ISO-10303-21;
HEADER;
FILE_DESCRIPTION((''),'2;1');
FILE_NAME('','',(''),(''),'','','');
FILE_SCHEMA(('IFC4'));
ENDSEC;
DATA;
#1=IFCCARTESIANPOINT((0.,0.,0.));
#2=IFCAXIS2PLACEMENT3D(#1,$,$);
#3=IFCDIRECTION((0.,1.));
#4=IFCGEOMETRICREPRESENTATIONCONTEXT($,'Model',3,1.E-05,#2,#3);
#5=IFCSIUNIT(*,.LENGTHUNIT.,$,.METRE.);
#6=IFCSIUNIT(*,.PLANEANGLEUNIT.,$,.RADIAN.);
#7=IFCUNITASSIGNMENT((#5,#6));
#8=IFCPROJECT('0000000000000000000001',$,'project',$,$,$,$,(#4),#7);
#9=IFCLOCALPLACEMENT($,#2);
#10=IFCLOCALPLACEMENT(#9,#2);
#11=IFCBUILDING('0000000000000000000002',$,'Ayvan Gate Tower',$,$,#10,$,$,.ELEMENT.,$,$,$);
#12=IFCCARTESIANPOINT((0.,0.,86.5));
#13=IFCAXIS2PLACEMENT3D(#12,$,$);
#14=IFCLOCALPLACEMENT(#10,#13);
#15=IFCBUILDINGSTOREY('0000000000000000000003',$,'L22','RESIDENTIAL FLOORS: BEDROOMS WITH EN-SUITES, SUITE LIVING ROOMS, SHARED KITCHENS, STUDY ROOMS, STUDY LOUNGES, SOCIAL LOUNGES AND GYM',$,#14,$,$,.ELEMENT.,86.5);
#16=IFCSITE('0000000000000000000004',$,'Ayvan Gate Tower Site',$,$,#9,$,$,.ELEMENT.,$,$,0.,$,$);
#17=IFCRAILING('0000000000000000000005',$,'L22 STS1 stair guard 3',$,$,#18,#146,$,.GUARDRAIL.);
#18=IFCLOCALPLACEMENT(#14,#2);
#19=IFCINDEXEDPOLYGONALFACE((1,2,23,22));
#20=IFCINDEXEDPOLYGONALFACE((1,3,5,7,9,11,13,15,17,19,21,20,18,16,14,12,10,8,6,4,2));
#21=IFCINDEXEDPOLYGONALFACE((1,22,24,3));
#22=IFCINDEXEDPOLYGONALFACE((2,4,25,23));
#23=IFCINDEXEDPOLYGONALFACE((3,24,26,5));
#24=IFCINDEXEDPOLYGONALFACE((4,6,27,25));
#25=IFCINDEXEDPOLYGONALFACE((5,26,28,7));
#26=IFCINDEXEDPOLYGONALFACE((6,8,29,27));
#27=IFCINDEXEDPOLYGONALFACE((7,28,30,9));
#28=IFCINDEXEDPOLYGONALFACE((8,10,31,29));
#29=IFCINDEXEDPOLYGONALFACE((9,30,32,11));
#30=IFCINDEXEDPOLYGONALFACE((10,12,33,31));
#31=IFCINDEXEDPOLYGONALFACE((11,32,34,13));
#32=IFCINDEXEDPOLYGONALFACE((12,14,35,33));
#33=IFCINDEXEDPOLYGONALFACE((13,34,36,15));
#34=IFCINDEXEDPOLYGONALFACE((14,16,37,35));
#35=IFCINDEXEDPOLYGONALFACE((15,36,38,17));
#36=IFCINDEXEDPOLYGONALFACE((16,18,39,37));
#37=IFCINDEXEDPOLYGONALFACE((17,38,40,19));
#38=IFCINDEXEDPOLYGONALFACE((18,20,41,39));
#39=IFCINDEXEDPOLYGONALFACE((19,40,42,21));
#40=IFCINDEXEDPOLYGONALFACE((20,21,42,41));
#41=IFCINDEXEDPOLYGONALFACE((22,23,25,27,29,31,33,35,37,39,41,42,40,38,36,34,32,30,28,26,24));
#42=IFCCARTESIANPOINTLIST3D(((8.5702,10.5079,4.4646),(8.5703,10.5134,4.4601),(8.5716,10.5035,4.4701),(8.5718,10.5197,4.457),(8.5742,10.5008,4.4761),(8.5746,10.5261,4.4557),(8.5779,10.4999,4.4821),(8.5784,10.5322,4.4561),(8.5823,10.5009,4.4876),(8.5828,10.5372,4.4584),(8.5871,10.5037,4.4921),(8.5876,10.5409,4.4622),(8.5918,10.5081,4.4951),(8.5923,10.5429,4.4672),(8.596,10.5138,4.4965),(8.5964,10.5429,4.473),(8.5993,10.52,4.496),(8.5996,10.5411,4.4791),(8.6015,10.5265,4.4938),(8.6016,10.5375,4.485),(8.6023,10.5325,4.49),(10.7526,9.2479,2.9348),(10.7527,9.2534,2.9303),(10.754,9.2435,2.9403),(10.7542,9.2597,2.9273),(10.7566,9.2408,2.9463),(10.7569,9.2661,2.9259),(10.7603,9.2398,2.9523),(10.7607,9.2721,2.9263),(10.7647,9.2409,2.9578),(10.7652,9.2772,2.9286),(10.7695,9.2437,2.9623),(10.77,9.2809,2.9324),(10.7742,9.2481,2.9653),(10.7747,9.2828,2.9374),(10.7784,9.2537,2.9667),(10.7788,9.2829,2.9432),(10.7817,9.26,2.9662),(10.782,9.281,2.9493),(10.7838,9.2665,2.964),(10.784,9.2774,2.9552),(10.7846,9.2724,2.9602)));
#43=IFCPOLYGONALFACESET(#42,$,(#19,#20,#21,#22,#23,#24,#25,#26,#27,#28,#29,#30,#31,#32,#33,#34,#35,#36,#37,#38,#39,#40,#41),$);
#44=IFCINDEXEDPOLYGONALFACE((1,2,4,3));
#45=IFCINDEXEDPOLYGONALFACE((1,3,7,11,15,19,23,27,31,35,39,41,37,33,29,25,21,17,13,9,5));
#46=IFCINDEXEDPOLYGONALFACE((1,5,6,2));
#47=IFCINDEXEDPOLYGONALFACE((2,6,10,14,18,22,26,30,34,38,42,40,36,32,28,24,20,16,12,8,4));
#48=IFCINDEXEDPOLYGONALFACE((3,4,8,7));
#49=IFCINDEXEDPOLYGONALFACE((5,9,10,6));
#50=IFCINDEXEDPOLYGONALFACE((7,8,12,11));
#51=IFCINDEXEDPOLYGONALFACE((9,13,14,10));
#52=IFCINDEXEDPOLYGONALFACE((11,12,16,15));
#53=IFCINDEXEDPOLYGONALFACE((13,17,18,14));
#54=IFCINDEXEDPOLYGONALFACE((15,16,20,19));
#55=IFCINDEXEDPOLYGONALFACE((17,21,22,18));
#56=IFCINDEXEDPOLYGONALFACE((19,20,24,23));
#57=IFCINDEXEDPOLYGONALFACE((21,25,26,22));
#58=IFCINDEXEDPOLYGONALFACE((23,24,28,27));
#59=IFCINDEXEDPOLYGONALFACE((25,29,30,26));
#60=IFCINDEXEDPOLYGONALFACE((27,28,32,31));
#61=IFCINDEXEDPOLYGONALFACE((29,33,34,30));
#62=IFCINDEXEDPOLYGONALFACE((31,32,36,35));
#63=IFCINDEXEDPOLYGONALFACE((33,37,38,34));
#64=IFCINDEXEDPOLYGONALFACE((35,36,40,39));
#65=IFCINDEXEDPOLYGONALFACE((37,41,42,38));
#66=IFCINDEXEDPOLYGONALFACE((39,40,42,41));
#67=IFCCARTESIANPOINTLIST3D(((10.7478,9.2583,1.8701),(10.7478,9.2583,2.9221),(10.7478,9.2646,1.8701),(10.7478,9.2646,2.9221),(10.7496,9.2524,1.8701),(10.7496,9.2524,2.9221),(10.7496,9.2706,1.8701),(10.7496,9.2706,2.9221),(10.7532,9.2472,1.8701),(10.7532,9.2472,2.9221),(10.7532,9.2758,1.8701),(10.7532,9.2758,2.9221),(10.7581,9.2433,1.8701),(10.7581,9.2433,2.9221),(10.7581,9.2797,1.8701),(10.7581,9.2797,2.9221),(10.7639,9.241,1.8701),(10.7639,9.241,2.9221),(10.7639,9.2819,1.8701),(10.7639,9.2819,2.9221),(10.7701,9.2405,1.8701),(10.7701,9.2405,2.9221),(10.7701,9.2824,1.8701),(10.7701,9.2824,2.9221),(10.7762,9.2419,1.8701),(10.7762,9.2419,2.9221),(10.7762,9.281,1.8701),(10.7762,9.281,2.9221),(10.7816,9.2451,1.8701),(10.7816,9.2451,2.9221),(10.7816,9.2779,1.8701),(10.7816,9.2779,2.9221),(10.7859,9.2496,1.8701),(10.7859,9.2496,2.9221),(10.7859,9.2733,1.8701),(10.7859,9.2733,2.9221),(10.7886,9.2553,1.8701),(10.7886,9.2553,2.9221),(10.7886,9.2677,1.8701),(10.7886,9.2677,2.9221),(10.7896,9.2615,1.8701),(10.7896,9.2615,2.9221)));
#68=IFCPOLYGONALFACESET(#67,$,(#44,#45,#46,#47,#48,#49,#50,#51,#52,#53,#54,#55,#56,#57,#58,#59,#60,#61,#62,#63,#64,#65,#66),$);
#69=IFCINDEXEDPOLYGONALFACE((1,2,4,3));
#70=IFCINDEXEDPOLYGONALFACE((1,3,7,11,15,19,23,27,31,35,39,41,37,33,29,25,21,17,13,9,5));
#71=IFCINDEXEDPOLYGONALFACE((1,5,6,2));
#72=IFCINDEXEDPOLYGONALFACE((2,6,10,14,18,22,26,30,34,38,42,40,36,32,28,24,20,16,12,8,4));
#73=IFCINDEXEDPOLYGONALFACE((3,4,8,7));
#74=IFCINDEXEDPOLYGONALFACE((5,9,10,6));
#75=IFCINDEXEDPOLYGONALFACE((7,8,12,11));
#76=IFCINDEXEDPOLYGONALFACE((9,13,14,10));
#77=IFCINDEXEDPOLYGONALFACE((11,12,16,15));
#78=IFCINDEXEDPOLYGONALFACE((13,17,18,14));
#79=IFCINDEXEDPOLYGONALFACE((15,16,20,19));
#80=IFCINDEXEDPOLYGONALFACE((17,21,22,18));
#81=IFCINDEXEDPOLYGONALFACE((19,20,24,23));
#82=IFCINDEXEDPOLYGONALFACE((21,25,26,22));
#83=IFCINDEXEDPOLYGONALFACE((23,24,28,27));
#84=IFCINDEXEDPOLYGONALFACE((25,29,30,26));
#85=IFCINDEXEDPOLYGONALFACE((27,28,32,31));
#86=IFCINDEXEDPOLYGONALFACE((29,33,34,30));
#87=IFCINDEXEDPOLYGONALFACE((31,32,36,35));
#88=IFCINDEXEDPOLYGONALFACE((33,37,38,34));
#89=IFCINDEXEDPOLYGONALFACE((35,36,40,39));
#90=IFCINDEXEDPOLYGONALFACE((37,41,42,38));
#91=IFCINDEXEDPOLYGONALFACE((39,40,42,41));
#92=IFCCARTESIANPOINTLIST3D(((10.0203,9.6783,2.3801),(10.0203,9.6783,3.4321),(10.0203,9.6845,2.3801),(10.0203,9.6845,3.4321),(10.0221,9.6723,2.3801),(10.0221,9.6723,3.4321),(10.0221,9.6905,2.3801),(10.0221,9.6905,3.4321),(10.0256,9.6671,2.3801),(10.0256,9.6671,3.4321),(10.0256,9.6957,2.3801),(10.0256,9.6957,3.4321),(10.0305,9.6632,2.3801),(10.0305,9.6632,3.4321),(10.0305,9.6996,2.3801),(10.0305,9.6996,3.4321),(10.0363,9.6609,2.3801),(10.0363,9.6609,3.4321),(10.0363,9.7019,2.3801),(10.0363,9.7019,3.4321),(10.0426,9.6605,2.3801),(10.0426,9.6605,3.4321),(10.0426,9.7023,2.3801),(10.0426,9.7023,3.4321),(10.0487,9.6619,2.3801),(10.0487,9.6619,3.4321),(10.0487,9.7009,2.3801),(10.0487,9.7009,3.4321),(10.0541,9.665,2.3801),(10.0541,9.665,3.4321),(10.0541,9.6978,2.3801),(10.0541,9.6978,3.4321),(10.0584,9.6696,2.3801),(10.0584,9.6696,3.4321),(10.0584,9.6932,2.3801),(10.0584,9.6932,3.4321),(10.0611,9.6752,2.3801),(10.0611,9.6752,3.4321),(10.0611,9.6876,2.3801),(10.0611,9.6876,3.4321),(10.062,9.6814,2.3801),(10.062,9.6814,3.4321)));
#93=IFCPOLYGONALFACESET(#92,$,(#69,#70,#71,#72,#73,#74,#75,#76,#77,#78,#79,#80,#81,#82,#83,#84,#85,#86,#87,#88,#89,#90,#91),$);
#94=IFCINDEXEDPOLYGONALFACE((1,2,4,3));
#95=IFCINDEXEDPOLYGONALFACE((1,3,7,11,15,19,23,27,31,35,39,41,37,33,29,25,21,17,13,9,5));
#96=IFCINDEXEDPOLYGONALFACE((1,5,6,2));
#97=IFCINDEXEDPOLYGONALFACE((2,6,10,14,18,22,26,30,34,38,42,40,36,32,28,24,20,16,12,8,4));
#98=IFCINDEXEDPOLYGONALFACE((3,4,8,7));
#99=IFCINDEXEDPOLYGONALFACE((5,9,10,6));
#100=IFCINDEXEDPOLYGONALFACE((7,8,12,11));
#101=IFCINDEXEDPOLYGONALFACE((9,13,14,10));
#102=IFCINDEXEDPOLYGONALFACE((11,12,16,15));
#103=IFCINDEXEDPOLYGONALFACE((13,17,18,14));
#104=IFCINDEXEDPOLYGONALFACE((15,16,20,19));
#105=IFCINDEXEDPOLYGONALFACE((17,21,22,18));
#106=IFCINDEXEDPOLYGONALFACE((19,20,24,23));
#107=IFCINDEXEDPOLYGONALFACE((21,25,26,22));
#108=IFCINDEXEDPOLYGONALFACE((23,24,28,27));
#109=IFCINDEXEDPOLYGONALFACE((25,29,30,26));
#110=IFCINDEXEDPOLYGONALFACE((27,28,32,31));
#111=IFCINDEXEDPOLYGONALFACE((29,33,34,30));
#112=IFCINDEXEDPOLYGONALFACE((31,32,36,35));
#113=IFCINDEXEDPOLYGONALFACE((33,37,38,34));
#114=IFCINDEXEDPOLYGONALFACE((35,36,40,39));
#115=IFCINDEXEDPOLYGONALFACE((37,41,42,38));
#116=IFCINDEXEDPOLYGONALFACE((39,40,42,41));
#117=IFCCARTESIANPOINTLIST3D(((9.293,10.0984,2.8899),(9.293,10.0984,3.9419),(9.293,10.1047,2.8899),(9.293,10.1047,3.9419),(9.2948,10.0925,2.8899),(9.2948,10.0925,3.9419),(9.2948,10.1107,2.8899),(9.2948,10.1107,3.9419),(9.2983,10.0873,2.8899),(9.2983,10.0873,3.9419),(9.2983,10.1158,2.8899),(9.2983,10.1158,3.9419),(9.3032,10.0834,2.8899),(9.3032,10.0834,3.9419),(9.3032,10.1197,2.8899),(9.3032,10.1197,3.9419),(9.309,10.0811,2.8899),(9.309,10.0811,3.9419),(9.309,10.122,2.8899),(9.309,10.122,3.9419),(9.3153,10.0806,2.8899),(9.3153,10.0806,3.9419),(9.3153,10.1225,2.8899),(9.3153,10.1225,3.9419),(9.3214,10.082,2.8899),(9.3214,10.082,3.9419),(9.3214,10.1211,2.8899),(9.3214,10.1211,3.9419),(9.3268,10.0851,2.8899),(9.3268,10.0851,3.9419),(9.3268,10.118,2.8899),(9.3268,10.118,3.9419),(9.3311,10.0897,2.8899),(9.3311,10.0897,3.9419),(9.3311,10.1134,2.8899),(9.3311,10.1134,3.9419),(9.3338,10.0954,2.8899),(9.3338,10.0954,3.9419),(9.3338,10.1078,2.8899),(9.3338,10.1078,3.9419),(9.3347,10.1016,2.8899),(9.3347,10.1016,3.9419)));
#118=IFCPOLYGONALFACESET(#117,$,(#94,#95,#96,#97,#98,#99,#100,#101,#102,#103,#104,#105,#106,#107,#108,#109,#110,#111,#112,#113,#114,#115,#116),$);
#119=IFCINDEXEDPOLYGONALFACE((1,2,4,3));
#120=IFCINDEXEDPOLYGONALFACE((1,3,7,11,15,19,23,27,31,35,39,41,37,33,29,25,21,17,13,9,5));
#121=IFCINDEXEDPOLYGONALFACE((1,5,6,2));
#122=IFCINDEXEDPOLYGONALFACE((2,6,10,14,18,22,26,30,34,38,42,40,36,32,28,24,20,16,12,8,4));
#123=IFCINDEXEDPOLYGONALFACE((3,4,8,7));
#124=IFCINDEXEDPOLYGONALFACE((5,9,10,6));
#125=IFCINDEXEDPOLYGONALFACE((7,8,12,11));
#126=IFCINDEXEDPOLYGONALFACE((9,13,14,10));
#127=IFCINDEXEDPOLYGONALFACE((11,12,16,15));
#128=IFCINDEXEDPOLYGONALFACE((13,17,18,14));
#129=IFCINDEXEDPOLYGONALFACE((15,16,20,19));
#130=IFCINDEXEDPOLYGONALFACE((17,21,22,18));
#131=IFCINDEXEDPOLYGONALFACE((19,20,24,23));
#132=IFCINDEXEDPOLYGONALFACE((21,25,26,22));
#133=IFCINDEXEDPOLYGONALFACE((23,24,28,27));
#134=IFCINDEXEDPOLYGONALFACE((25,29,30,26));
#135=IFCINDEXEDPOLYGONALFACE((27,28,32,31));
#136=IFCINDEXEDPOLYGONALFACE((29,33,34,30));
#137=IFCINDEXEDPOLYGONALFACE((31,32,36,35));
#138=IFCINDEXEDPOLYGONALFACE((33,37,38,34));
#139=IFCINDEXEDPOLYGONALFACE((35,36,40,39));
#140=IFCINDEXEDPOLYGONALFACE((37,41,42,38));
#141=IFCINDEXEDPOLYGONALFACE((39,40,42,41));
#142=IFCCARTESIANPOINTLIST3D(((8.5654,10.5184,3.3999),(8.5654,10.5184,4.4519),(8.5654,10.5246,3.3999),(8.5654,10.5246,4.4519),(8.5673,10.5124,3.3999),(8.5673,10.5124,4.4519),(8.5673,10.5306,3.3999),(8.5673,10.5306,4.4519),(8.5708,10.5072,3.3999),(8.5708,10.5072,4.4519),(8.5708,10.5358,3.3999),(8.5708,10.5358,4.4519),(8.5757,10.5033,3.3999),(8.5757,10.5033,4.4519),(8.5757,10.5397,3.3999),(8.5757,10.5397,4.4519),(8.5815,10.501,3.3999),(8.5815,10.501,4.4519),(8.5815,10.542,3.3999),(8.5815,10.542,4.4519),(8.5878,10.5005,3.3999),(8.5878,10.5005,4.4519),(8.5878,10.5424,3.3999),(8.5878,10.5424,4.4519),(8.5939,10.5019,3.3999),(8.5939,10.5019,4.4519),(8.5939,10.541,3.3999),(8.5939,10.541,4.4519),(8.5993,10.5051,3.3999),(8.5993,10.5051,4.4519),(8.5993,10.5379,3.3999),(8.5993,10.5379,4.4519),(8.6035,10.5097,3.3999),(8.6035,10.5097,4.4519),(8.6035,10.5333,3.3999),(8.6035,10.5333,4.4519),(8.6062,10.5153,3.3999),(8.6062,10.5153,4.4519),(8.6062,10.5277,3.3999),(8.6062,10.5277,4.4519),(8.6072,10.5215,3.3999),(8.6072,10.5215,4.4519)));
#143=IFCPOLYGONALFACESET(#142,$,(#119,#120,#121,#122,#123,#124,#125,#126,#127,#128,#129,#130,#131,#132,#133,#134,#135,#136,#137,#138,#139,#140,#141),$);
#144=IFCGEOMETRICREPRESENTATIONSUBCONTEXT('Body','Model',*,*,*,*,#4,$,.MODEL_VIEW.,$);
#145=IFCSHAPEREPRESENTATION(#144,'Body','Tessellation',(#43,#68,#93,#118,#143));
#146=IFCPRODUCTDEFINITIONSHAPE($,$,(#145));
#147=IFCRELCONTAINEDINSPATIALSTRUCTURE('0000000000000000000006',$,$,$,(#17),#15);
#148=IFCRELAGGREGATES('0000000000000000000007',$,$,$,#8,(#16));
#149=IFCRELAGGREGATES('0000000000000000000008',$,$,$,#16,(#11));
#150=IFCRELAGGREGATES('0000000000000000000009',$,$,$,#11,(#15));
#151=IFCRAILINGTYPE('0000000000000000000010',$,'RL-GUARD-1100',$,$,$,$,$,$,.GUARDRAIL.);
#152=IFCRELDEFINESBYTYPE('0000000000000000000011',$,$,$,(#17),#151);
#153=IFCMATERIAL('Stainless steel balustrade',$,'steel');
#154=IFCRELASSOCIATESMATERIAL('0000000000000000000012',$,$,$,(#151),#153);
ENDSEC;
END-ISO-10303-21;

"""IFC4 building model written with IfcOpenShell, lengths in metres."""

from ifc_helpers import new_model, si_unit, direction, frame, origin, origin_2d, place, context, subcontext, project, spatial, circle, extrude, material, type_object, element, save


model = new_model("IFC4")

# Units and contexts
model_context = context("Model", 3, precision=1e-05, world=origin(), true_north=direction((0.0, 1.0)))
body_context = subcontext(model_context, "Body", "Model", "MODEL_VIEW")
ifc_project = project(units=[si_unit("LENGTHUNIT", "METRE"), si_unit("PLANEANGLEUNIT", "RADIAN")], contexts=[model_context])

# Site, building, storey
site_placement = place(None, origin())
site = spatial("IfcSite", under=ifc_project, at=site_placement, Name="Ayvan Gate Tower Site", CompositionType="ELEMENT", RefElevation=0.0)
building_placement = place(site_placement, origin())
building = spatial("IfcBuilding", under=site, at=building_placement, Name="Ayvan Gate Tower", CompositionType="ELEMENT")
storey_placement = place(building_placement, frame((0.0, 0.0, 86.5)))
storey = spatial("IfcBuildingStorey", under=building, at=storey_placement, Name="L22", Description="RESIDENTIAL FLOORS: BEDROOMS WITH EN-SUITES, SUITE LIVING ROOMS, SHARED KITCHENS, STUDY ROOMS, STUDY LOUNGES, SOCIAL LOUNGES AND GYM", CompositionType="ELEMENT", Elevation=86.5)

# Railing
ifc_material_1 = material(Name="Stainless steel balustrade", Category="steel")
railing_type_1 = type_object("IfcRailingType", Name="RL-GUARD-1100", PredefinedType="GUARDRAIL", material=ifc_material_1)
railing_1_placement = place(storey_placement, frame((10.7686, 9.2615, 1.8701)))
element("IfcRailing", 1, at=railing_1_placement, inside=storey, type_object=railing_type_1, Name="L22 STS1 stair guard 3", PredefinedType="GUARDRAIL", context=body_context, shape_type="SweptSolid", body=[
    extrude(circle(Radius=0.0239, at=origin_2d()), frame((0.0, 0.0, 1.0762), z_axis=(-0.740293, 0.427414, 0.518926), x_axis=(-0.500005, -0.866023, 0.0)), (0.0, 0.0, 1.0), 2.948),
    extrude(circle(Radius=0.021, at=origin_2d()), origin(), (0.0, 0.0, 1.0), 1.052),
    extrude(circle(Radius=0.021, at=origin_2d()), frame((-0.7275, 0.4199, 0.51)), (0.0, 0.0, 1.0), 1.052),
    extrude(circle(Radius=0.021, at=origin_2d()), frame((-1.4548, 0.8401, 1.0198)), (0.0, 0.0, 1.0), 1.052),
    extrude(circle(Radius=0.021, at=origin_2d()), frame((-2.1824, 1.26, 1.5298)), (0.0, 0.0, 1.0), 1.052),
])

save(model, "model.ifc")
